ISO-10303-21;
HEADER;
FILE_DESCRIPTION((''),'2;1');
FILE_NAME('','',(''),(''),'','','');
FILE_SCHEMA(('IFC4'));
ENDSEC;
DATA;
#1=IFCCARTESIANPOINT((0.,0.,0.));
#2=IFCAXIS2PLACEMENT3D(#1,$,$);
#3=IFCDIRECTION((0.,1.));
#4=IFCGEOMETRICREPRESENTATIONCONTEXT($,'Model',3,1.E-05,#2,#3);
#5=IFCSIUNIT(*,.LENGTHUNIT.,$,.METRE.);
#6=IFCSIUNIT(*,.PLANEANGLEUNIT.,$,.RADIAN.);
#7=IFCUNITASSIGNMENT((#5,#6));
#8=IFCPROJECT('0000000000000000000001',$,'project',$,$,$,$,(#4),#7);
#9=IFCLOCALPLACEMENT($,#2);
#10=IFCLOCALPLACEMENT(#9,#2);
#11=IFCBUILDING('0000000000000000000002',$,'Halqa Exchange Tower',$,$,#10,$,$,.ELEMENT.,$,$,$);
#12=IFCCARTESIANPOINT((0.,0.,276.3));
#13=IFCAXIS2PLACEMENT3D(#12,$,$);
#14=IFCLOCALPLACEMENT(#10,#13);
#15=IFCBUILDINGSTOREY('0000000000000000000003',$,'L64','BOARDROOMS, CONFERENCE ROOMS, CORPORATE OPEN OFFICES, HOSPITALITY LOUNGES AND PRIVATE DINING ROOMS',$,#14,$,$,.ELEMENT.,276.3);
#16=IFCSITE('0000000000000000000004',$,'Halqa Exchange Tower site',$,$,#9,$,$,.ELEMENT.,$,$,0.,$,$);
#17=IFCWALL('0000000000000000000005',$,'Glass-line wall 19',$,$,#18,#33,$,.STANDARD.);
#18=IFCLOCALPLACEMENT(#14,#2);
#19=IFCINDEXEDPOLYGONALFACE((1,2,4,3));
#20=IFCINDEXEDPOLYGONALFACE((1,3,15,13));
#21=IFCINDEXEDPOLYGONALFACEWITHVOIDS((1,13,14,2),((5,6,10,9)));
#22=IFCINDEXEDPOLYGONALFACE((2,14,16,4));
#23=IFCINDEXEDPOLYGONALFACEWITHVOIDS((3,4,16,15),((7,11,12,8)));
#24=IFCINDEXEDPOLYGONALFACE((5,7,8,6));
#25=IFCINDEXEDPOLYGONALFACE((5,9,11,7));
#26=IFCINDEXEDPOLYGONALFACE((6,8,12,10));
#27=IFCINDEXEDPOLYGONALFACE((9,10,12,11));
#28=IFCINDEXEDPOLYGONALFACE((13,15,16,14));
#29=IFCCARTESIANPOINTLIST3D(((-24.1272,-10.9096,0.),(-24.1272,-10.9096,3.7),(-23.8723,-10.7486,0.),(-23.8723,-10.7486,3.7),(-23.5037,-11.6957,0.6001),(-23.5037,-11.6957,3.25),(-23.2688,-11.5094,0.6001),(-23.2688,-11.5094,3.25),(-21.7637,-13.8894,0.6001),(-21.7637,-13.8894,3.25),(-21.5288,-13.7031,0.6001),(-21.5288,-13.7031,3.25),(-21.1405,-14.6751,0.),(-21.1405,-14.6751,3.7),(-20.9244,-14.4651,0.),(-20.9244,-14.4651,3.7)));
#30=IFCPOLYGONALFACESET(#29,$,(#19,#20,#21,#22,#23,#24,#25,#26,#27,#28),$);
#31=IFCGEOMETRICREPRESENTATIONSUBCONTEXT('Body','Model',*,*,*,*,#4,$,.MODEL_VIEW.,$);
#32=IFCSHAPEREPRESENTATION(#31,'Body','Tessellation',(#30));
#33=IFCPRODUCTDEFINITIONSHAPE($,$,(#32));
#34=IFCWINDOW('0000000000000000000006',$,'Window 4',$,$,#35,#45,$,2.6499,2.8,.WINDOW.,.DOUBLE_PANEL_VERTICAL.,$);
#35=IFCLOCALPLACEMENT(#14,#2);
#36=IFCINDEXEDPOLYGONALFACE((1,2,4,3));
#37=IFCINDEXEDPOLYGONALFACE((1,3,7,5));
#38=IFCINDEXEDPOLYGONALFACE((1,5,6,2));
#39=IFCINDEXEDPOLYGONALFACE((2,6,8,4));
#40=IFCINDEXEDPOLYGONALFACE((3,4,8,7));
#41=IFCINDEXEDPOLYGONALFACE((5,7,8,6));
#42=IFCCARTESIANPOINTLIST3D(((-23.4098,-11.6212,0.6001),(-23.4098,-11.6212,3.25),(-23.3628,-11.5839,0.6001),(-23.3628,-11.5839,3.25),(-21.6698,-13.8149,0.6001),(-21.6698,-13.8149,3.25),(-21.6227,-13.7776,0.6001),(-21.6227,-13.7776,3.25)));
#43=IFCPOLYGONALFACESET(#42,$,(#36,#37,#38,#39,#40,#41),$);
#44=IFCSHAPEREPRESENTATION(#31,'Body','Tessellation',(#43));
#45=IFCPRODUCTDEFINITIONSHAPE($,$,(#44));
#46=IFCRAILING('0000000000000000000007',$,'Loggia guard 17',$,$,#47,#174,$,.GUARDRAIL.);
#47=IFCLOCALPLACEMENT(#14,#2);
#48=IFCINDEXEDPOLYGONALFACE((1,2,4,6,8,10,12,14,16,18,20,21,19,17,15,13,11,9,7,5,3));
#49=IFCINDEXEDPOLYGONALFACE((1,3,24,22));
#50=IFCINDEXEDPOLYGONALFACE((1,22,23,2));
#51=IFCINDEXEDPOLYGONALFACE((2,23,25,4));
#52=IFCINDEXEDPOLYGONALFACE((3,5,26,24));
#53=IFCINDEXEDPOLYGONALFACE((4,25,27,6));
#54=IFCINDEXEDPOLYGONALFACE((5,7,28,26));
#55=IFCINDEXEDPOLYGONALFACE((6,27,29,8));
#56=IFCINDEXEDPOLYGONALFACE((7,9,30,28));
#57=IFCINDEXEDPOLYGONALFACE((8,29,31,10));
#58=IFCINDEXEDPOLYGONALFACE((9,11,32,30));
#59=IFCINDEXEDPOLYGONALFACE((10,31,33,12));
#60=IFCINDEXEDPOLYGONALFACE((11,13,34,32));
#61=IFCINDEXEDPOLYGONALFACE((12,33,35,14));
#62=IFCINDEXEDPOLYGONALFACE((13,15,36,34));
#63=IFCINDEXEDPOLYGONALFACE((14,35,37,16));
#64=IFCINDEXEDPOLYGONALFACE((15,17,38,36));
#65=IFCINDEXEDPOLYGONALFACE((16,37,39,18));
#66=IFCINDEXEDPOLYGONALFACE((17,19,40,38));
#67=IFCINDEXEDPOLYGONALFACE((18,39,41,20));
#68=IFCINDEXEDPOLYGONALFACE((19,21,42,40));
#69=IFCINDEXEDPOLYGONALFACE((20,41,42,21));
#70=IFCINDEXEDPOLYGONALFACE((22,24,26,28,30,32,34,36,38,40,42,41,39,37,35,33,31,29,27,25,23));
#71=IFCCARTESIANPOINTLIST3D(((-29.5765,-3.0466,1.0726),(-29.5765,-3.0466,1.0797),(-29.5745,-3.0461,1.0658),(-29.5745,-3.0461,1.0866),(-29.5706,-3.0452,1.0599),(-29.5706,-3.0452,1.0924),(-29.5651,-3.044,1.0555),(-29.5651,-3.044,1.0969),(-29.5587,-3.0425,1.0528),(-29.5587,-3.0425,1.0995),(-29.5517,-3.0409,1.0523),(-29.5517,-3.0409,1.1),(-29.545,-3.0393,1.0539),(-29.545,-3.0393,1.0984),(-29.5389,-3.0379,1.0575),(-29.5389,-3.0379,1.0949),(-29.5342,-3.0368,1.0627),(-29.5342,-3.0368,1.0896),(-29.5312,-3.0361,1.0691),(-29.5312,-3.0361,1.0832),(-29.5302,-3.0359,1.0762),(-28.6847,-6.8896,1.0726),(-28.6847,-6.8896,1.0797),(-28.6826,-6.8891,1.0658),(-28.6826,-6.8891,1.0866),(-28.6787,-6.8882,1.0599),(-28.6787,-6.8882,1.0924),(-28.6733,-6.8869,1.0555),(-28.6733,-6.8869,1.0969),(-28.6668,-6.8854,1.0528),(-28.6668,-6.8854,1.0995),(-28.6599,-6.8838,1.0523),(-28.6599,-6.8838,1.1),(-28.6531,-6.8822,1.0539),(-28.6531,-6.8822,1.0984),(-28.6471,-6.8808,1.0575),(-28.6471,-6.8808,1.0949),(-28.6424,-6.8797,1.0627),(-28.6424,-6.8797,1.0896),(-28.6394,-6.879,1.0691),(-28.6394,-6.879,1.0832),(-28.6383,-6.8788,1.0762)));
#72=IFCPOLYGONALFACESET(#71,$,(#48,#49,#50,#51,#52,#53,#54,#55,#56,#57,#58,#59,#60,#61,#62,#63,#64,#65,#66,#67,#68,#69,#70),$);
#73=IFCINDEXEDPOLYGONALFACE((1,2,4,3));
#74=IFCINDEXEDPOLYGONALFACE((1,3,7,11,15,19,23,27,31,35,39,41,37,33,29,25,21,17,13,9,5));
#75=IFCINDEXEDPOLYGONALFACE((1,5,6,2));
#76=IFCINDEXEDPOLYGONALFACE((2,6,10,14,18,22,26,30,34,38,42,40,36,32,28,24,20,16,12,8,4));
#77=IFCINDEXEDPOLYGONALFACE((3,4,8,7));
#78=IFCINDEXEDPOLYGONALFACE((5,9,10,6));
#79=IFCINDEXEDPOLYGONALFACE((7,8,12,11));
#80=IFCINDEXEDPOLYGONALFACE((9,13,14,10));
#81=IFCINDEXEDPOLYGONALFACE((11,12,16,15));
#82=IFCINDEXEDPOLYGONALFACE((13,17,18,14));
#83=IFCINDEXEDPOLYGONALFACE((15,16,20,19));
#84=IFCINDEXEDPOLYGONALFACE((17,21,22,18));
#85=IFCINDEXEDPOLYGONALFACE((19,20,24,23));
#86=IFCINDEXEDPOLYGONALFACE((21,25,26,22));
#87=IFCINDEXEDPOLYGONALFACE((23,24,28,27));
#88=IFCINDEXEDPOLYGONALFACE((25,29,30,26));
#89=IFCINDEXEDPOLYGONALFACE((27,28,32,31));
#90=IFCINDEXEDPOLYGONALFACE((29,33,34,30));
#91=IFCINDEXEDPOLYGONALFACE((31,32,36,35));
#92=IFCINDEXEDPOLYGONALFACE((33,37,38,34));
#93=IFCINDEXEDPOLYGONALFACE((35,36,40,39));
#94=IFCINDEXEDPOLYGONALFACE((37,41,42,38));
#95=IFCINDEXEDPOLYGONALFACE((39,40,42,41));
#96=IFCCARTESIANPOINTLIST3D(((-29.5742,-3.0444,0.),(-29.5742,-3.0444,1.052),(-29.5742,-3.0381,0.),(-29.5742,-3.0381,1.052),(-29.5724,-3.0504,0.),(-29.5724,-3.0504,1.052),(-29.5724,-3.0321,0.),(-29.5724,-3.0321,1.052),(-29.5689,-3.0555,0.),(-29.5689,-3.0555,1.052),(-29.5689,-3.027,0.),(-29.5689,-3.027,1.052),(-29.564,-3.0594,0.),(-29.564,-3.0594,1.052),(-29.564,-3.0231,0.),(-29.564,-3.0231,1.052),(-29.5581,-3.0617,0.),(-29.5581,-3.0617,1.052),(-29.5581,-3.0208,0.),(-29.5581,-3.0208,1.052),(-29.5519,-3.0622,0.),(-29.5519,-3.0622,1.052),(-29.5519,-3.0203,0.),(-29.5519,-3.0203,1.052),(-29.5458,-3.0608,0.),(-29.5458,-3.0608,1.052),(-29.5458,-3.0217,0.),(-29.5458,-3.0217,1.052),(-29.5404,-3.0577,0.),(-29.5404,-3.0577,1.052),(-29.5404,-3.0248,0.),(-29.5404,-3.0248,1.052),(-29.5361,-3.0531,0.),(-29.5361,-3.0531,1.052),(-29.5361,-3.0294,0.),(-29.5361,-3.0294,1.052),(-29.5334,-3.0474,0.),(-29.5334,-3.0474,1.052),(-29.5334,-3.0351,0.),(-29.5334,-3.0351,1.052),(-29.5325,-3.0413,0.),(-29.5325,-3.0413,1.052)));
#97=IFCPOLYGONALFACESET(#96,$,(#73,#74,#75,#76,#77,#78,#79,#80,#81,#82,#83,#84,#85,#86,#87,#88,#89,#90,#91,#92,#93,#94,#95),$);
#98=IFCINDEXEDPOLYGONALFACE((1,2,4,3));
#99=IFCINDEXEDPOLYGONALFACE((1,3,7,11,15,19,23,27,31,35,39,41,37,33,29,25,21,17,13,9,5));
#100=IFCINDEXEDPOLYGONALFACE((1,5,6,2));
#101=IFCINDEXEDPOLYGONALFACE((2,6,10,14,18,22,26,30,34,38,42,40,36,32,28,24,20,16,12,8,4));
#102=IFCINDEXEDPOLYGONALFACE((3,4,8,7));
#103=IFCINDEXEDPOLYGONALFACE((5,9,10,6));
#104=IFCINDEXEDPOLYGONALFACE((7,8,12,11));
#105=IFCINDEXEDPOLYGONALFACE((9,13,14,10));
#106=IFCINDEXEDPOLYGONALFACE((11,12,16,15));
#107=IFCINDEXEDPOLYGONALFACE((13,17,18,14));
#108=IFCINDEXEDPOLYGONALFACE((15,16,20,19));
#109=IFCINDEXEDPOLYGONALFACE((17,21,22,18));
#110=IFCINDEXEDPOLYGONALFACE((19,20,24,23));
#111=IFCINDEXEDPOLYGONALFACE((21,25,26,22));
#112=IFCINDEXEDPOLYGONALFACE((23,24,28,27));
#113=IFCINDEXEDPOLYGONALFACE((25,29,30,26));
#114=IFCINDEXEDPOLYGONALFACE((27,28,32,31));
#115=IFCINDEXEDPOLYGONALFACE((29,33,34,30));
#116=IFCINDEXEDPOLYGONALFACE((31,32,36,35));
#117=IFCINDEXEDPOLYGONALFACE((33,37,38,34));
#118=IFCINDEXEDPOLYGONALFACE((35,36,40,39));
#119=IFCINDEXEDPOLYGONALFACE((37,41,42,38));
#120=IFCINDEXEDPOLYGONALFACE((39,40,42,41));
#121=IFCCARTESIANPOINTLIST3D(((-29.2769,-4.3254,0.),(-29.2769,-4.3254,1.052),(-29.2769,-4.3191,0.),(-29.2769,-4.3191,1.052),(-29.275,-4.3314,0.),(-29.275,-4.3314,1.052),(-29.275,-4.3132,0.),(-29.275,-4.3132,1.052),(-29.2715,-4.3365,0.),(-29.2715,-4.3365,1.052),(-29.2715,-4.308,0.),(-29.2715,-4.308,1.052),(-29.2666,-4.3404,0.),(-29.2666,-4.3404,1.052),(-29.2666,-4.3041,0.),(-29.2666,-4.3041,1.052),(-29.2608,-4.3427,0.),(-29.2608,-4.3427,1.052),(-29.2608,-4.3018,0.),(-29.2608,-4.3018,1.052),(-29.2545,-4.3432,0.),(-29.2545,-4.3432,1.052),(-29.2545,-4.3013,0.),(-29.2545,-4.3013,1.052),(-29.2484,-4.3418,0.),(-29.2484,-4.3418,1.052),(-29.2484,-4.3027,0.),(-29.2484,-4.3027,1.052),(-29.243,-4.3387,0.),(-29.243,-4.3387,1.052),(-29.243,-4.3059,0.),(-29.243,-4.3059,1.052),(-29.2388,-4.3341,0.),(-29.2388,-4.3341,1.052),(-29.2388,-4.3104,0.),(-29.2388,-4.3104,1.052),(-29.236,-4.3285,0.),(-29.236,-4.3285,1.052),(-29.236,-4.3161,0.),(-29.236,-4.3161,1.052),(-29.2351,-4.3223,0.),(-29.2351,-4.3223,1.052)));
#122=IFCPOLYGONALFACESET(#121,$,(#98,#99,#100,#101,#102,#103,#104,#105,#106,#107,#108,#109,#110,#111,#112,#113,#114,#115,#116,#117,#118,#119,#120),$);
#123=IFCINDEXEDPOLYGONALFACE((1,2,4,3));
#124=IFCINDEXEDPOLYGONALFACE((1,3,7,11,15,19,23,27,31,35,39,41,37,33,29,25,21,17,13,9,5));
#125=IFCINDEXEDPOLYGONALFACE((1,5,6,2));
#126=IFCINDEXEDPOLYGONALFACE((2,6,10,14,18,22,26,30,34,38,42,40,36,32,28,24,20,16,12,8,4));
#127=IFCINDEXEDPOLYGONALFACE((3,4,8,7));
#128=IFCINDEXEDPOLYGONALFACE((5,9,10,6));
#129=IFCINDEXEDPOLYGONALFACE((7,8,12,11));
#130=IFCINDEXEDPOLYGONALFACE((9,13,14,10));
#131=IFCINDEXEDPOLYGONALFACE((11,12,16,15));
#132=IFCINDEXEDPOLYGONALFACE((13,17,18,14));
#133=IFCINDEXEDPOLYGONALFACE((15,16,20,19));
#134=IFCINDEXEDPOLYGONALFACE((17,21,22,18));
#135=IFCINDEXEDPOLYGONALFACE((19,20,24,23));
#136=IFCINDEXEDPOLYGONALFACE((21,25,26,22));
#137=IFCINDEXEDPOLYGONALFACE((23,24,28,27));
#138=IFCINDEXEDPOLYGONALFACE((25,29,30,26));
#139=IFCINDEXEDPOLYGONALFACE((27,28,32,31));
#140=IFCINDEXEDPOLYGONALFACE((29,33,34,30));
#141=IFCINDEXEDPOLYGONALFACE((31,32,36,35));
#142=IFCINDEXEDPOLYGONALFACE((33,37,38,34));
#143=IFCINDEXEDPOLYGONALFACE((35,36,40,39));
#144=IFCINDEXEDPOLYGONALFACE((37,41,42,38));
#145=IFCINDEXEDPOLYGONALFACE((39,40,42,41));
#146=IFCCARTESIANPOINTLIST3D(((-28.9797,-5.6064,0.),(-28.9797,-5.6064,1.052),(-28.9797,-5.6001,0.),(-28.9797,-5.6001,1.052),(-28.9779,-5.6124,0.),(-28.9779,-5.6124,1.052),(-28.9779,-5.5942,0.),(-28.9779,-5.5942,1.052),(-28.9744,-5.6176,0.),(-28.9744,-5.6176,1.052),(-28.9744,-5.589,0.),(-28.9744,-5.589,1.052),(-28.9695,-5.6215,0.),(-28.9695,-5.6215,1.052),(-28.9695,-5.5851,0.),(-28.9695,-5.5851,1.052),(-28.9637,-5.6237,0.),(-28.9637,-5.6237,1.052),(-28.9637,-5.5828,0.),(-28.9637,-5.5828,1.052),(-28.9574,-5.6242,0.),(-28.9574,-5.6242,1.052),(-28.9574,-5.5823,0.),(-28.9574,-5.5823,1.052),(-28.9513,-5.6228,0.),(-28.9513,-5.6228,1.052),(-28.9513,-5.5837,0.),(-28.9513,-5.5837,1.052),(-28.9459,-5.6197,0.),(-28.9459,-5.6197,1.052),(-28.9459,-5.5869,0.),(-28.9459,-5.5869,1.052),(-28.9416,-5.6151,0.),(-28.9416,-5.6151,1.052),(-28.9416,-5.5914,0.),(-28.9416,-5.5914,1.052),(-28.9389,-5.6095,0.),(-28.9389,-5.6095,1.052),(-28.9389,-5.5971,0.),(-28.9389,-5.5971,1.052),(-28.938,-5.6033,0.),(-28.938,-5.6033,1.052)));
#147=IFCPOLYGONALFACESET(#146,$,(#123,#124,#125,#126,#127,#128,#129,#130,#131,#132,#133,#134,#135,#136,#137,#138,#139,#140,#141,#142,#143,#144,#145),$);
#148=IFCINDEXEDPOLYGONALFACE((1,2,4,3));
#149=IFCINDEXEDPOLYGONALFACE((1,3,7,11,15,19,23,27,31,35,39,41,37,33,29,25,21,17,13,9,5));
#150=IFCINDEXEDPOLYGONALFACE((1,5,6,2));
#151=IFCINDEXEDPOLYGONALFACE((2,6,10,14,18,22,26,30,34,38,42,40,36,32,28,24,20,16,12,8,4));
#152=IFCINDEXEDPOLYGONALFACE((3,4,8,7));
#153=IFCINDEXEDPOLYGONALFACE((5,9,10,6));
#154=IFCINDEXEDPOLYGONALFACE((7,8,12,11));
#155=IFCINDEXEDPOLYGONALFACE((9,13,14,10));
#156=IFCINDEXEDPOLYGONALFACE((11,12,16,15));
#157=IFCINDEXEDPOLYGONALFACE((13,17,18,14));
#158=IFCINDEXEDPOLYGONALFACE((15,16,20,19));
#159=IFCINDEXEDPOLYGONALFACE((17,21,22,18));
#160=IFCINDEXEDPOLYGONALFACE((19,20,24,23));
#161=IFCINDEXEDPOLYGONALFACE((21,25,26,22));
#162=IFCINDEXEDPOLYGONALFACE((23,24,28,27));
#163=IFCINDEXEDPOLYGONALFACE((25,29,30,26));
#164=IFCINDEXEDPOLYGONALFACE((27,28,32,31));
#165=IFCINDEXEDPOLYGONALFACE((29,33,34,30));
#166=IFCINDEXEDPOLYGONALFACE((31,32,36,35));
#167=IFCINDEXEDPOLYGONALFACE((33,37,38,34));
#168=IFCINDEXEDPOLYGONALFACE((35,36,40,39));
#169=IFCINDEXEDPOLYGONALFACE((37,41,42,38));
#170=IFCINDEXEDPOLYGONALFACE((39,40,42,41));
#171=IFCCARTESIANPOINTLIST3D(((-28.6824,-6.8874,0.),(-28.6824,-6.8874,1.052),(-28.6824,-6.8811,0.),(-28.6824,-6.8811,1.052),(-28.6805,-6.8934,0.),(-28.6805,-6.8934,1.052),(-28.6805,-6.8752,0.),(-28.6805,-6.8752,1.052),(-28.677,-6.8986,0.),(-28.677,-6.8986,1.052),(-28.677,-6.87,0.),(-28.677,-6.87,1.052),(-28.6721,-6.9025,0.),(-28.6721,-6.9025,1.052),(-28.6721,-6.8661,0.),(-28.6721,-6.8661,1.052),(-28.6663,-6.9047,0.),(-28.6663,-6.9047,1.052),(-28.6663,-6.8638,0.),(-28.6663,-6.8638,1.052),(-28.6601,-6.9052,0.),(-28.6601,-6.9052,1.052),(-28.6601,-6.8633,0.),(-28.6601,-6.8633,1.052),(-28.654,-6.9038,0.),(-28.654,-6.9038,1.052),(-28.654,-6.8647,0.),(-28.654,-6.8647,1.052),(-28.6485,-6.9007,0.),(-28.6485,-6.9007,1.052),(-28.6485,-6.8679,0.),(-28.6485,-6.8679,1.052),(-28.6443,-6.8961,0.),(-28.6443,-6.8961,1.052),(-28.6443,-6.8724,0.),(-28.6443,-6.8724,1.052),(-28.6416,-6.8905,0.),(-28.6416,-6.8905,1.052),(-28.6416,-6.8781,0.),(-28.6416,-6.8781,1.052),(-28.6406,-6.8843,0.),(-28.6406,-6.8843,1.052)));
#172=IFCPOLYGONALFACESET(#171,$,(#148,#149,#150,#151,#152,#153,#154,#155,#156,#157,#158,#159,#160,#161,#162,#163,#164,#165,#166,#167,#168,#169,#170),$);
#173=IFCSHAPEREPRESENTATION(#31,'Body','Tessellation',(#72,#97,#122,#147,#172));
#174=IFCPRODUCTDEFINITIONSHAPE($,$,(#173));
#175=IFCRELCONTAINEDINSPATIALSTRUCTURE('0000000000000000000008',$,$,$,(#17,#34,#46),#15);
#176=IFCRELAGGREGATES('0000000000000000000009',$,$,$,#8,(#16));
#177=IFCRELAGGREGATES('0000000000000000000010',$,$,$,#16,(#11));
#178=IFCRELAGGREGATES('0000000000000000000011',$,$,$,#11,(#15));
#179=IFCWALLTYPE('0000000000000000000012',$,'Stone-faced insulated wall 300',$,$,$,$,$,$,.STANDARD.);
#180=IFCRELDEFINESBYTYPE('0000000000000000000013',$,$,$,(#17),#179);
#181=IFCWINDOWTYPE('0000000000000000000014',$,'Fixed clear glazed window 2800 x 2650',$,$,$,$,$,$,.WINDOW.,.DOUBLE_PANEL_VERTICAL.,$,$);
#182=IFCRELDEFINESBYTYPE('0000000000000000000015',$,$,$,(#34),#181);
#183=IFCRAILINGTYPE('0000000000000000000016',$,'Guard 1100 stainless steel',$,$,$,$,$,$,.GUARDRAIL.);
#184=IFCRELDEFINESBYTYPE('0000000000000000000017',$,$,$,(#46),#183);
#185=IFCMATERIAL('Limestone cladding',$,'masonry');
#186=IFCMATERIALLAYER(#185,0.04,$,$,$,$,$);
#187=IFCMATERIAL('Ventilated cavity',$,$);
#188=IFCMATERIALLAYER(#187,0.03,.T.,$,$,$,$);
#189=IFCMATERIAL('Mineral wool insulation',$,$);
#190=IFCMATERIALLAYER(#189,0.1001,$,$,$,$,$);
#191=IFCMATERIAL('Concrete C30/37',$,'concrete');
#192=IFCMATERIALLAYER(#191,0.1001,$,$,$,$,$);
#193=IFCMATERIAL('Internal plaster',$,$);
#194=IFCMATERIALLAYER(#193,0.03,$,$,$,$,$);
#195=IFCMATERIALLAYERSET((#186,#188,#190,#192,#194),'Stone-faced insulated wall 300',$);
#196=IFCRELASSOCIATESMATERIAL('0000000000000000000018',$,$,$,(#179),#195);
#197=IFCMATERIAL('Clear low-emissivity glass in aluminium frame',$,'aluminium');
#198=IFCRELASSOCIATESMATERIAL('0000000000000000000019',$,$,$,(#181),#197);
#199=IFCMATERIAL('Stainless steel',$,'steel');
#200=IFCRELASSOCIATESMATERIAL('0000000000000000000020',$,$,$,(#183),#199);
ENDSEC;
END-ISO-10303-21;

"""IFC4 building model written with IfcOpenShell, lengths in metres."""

from ifc_helpers import new_model, si_unit, direction, frame, frame_2d, origin, origin_2d, place, context, subcontext, project, spatial, polyline, rectangle, circle, outline, extrude, material, layer, layer_set, type_object, element, fill, save


model = new_model("IFC4")

# Units and contexts
model_context = context("Model", 3, precision=1e-05, world=origin(), true_north=direction((0.0, 1.0)))
body_context = subcontext(model_context, "Body", "Model", "MODEL_VIEW")
ifc_project = project(units=[si_unit("LENGTHUNIT", "METRE"), si_unit("PLANEANGLEUNIT", "RADIAN")], contexts=[model_context])

# Site, building, storey
site_placement = place(None, origin())
site = spatial("IfcSite", under=ifc_project, at=site_placement, Name="Halqa Exchange Tower site", CompositionType="ELEMENT", RefElevation=0.0)
building_placement = place(site_placement, origin())
building = spatial("IfcBuilding", under=site, at=building_placement, Name="Halqa Exchange Tower", CompositionType="ELEMENT")
storey_placement = place(building_placement, frame((0.0, 0.0, 276.3)))
storey = spatial("IfcBuildingStorey", under=building, at=storey_placement, Name="L64", Description="BOARDROOMS, CONFERENCE ROOMS, CORPORATE OPEN OFFICES, HOSPITALITY LOUNGES AND PRIVATE DINING ROOMS", CompositionType="ELEMENT", Elevation=276.3)

# Wall, opening, window
ifc_material_1 = material(Name="Limestone cladding", Category="masonry")
ifc_layer_1 = layer(ifc_material_1, 0.04)
ifc_material_2 = material(Name="Ventilated cavity")
ifc_layer_2 = layer(ifc_material_2, 0.03, ventilated=True)
ifc_material_3 = material(Name="Mineral wool insulation")
ifc_layer_3 = layer(ifc_material_3, 0.1001)
ifc_material_4 = material(Name="Concrete C30/37", Category="concrete")
ifc_layer_4 = layer(ifc_material_4, 0.1001)
ifc_material_5 = material(Name="Internal plaster")
ifc_layer_5 = layer(ifc_material_5, 0.03)
ifc_layer_set_1 = layer_set([ifc_layer_1, ifc_layer_2, ifc_layer_3, ifc_layer_4, ifc_layer_5], Name="Stone-faced insulated wall 300")
wall_type_1 = type_object("IfcWallType", Name="Stone-faced insulated wall 300", PredefinedType="STANDARD", material=ifc_layer_set_1)
ifc_material_6 = material(Name="Clear low-emissivity glass in aluminium frame", Category="aluminium")
window_type = type_object("IfcWindowType", Name="Fixed clear glazed window 2800 x 2650", PartitioningType="DOUBLE_PANEL_VERTICAL", PredefinedType="WINDOW", material=ifc_material_6)
wall_1_placement = place(storey_placement, frame((-23.9998, -10.8291, 0.0), z_axis=(0.0, 0.0, 1.0), x_axis=(0.621435, -0.783466, 0.0)))
wall_1 = element("IfcWall", 1, at=wall_1_placement, inside=storey, type_object=wall_type_1, Name="Glass-line wall 19", PredefinedType="STANDARD", context=body_context, shape_type="SweptSolid", body=[
    extrude(outline(polyline([(-0.0161, -0.1499), (4.79, -0.1499), (4.7598, 0.1499), (0.0161, 0.1499), (-0.0161, -0.1499)])), origin(), (0.0, 0.0, 1.0), 3.7),
])
opening_1_placement = place(wall_1_placement, frame((0.9873, 0.0, 0.6001)))
opening_1 = element("IfcOpeningElement", 2, at=opening_1_placement, cuts=wall_1, PredefinedType="OPENING", context=body_context, shape_type="SweptSolid", body=[
    extrude(rectangle(XDim=2.8, YDim=2.6499, at=frame_2d((1.3999, 1.325))), frame((0.0, 0.1621, 0.0), z_axis=(0.0, -1.0, 0.0), x_axis=(1.0, 0.0, 0.0)), (0.0, 0.0, 1.0), 0.324),
])
window_1_placement = place(opening_1_placement, origin())
window_1 = element("IfcWindow", 3, at=window_1_placement, inside=storey, type_object=window_type, Name="Window 4", OverallHeight=2.6499, OverallWidth=2.8, PartitioningType="DOUBLE_PANEL_VERTICAL", PredefinedType="WINDOW", context=body_context, shape_type="SweptSolid", body=[
    extrude(rectangle(XDim=2.8, YDim=2.6499, at=frame_2d((1.3999, 1.325))), frame((0.0, 0.03, 0.0), z_axis=(0.0, -1.0, 0.0), x_axis=(1.0, 0.0, 0.0)), (0.0, 0.0, 1.0), 0.0601),
])
fill(opening_1, window_1)

# Railing
ifc_material_7 = material(Name="Stainless steel", Category="steel")
railing_type = type_object("IfcRailingType", Name="Guard 1100 stainless steel", PredefinedType="GUARDRAIL", material=ifc_material_7)
railing_1_placement = place(storey_placement, frame((-29.5535, -3.0413, 0.0)))
element("IfcRailing", 4, at=railing_1_placement, inside=storey, type_object=railing_type, Name="Loggia guard 17", PredefinedType="GUARDRAIL", context=body_context, shape_type="SweptSolid", body=[
    extrude(circle(Radius=0.0239, at=origin_2d()), frame((0.0, 0.0, 1.0762), z_axis=(0.226062, -0.974113, 0.0), x_axis=(0.974113, 0.226062, 0.0)), (0.0, 0.0, 1.0), 3.9451),
    extrude(circle(Radius=0.021, at=origin_2d()), origin(), (0.0, 0.0, 1.0), 1.052),
    extrude(circle(Radius=0.021, at=origin_2d()), frame((0.2974, -1.281, 0.0)), (0.0, 0.0, 1.0), 1.052),
    extrude(circle(Radius=0.021, at=origin_2d()), frame((0.5945, -2.562, 0.0)), (0.0, 0.0, 1.0), 1.052),
    extrude(circle(Radius=0.021, at=origin_2d()), frame((0.8918, -3.843, 0.0)), (0.0, 0.0, 1.0), 1.052),
])

save(model, "model.ifc")
